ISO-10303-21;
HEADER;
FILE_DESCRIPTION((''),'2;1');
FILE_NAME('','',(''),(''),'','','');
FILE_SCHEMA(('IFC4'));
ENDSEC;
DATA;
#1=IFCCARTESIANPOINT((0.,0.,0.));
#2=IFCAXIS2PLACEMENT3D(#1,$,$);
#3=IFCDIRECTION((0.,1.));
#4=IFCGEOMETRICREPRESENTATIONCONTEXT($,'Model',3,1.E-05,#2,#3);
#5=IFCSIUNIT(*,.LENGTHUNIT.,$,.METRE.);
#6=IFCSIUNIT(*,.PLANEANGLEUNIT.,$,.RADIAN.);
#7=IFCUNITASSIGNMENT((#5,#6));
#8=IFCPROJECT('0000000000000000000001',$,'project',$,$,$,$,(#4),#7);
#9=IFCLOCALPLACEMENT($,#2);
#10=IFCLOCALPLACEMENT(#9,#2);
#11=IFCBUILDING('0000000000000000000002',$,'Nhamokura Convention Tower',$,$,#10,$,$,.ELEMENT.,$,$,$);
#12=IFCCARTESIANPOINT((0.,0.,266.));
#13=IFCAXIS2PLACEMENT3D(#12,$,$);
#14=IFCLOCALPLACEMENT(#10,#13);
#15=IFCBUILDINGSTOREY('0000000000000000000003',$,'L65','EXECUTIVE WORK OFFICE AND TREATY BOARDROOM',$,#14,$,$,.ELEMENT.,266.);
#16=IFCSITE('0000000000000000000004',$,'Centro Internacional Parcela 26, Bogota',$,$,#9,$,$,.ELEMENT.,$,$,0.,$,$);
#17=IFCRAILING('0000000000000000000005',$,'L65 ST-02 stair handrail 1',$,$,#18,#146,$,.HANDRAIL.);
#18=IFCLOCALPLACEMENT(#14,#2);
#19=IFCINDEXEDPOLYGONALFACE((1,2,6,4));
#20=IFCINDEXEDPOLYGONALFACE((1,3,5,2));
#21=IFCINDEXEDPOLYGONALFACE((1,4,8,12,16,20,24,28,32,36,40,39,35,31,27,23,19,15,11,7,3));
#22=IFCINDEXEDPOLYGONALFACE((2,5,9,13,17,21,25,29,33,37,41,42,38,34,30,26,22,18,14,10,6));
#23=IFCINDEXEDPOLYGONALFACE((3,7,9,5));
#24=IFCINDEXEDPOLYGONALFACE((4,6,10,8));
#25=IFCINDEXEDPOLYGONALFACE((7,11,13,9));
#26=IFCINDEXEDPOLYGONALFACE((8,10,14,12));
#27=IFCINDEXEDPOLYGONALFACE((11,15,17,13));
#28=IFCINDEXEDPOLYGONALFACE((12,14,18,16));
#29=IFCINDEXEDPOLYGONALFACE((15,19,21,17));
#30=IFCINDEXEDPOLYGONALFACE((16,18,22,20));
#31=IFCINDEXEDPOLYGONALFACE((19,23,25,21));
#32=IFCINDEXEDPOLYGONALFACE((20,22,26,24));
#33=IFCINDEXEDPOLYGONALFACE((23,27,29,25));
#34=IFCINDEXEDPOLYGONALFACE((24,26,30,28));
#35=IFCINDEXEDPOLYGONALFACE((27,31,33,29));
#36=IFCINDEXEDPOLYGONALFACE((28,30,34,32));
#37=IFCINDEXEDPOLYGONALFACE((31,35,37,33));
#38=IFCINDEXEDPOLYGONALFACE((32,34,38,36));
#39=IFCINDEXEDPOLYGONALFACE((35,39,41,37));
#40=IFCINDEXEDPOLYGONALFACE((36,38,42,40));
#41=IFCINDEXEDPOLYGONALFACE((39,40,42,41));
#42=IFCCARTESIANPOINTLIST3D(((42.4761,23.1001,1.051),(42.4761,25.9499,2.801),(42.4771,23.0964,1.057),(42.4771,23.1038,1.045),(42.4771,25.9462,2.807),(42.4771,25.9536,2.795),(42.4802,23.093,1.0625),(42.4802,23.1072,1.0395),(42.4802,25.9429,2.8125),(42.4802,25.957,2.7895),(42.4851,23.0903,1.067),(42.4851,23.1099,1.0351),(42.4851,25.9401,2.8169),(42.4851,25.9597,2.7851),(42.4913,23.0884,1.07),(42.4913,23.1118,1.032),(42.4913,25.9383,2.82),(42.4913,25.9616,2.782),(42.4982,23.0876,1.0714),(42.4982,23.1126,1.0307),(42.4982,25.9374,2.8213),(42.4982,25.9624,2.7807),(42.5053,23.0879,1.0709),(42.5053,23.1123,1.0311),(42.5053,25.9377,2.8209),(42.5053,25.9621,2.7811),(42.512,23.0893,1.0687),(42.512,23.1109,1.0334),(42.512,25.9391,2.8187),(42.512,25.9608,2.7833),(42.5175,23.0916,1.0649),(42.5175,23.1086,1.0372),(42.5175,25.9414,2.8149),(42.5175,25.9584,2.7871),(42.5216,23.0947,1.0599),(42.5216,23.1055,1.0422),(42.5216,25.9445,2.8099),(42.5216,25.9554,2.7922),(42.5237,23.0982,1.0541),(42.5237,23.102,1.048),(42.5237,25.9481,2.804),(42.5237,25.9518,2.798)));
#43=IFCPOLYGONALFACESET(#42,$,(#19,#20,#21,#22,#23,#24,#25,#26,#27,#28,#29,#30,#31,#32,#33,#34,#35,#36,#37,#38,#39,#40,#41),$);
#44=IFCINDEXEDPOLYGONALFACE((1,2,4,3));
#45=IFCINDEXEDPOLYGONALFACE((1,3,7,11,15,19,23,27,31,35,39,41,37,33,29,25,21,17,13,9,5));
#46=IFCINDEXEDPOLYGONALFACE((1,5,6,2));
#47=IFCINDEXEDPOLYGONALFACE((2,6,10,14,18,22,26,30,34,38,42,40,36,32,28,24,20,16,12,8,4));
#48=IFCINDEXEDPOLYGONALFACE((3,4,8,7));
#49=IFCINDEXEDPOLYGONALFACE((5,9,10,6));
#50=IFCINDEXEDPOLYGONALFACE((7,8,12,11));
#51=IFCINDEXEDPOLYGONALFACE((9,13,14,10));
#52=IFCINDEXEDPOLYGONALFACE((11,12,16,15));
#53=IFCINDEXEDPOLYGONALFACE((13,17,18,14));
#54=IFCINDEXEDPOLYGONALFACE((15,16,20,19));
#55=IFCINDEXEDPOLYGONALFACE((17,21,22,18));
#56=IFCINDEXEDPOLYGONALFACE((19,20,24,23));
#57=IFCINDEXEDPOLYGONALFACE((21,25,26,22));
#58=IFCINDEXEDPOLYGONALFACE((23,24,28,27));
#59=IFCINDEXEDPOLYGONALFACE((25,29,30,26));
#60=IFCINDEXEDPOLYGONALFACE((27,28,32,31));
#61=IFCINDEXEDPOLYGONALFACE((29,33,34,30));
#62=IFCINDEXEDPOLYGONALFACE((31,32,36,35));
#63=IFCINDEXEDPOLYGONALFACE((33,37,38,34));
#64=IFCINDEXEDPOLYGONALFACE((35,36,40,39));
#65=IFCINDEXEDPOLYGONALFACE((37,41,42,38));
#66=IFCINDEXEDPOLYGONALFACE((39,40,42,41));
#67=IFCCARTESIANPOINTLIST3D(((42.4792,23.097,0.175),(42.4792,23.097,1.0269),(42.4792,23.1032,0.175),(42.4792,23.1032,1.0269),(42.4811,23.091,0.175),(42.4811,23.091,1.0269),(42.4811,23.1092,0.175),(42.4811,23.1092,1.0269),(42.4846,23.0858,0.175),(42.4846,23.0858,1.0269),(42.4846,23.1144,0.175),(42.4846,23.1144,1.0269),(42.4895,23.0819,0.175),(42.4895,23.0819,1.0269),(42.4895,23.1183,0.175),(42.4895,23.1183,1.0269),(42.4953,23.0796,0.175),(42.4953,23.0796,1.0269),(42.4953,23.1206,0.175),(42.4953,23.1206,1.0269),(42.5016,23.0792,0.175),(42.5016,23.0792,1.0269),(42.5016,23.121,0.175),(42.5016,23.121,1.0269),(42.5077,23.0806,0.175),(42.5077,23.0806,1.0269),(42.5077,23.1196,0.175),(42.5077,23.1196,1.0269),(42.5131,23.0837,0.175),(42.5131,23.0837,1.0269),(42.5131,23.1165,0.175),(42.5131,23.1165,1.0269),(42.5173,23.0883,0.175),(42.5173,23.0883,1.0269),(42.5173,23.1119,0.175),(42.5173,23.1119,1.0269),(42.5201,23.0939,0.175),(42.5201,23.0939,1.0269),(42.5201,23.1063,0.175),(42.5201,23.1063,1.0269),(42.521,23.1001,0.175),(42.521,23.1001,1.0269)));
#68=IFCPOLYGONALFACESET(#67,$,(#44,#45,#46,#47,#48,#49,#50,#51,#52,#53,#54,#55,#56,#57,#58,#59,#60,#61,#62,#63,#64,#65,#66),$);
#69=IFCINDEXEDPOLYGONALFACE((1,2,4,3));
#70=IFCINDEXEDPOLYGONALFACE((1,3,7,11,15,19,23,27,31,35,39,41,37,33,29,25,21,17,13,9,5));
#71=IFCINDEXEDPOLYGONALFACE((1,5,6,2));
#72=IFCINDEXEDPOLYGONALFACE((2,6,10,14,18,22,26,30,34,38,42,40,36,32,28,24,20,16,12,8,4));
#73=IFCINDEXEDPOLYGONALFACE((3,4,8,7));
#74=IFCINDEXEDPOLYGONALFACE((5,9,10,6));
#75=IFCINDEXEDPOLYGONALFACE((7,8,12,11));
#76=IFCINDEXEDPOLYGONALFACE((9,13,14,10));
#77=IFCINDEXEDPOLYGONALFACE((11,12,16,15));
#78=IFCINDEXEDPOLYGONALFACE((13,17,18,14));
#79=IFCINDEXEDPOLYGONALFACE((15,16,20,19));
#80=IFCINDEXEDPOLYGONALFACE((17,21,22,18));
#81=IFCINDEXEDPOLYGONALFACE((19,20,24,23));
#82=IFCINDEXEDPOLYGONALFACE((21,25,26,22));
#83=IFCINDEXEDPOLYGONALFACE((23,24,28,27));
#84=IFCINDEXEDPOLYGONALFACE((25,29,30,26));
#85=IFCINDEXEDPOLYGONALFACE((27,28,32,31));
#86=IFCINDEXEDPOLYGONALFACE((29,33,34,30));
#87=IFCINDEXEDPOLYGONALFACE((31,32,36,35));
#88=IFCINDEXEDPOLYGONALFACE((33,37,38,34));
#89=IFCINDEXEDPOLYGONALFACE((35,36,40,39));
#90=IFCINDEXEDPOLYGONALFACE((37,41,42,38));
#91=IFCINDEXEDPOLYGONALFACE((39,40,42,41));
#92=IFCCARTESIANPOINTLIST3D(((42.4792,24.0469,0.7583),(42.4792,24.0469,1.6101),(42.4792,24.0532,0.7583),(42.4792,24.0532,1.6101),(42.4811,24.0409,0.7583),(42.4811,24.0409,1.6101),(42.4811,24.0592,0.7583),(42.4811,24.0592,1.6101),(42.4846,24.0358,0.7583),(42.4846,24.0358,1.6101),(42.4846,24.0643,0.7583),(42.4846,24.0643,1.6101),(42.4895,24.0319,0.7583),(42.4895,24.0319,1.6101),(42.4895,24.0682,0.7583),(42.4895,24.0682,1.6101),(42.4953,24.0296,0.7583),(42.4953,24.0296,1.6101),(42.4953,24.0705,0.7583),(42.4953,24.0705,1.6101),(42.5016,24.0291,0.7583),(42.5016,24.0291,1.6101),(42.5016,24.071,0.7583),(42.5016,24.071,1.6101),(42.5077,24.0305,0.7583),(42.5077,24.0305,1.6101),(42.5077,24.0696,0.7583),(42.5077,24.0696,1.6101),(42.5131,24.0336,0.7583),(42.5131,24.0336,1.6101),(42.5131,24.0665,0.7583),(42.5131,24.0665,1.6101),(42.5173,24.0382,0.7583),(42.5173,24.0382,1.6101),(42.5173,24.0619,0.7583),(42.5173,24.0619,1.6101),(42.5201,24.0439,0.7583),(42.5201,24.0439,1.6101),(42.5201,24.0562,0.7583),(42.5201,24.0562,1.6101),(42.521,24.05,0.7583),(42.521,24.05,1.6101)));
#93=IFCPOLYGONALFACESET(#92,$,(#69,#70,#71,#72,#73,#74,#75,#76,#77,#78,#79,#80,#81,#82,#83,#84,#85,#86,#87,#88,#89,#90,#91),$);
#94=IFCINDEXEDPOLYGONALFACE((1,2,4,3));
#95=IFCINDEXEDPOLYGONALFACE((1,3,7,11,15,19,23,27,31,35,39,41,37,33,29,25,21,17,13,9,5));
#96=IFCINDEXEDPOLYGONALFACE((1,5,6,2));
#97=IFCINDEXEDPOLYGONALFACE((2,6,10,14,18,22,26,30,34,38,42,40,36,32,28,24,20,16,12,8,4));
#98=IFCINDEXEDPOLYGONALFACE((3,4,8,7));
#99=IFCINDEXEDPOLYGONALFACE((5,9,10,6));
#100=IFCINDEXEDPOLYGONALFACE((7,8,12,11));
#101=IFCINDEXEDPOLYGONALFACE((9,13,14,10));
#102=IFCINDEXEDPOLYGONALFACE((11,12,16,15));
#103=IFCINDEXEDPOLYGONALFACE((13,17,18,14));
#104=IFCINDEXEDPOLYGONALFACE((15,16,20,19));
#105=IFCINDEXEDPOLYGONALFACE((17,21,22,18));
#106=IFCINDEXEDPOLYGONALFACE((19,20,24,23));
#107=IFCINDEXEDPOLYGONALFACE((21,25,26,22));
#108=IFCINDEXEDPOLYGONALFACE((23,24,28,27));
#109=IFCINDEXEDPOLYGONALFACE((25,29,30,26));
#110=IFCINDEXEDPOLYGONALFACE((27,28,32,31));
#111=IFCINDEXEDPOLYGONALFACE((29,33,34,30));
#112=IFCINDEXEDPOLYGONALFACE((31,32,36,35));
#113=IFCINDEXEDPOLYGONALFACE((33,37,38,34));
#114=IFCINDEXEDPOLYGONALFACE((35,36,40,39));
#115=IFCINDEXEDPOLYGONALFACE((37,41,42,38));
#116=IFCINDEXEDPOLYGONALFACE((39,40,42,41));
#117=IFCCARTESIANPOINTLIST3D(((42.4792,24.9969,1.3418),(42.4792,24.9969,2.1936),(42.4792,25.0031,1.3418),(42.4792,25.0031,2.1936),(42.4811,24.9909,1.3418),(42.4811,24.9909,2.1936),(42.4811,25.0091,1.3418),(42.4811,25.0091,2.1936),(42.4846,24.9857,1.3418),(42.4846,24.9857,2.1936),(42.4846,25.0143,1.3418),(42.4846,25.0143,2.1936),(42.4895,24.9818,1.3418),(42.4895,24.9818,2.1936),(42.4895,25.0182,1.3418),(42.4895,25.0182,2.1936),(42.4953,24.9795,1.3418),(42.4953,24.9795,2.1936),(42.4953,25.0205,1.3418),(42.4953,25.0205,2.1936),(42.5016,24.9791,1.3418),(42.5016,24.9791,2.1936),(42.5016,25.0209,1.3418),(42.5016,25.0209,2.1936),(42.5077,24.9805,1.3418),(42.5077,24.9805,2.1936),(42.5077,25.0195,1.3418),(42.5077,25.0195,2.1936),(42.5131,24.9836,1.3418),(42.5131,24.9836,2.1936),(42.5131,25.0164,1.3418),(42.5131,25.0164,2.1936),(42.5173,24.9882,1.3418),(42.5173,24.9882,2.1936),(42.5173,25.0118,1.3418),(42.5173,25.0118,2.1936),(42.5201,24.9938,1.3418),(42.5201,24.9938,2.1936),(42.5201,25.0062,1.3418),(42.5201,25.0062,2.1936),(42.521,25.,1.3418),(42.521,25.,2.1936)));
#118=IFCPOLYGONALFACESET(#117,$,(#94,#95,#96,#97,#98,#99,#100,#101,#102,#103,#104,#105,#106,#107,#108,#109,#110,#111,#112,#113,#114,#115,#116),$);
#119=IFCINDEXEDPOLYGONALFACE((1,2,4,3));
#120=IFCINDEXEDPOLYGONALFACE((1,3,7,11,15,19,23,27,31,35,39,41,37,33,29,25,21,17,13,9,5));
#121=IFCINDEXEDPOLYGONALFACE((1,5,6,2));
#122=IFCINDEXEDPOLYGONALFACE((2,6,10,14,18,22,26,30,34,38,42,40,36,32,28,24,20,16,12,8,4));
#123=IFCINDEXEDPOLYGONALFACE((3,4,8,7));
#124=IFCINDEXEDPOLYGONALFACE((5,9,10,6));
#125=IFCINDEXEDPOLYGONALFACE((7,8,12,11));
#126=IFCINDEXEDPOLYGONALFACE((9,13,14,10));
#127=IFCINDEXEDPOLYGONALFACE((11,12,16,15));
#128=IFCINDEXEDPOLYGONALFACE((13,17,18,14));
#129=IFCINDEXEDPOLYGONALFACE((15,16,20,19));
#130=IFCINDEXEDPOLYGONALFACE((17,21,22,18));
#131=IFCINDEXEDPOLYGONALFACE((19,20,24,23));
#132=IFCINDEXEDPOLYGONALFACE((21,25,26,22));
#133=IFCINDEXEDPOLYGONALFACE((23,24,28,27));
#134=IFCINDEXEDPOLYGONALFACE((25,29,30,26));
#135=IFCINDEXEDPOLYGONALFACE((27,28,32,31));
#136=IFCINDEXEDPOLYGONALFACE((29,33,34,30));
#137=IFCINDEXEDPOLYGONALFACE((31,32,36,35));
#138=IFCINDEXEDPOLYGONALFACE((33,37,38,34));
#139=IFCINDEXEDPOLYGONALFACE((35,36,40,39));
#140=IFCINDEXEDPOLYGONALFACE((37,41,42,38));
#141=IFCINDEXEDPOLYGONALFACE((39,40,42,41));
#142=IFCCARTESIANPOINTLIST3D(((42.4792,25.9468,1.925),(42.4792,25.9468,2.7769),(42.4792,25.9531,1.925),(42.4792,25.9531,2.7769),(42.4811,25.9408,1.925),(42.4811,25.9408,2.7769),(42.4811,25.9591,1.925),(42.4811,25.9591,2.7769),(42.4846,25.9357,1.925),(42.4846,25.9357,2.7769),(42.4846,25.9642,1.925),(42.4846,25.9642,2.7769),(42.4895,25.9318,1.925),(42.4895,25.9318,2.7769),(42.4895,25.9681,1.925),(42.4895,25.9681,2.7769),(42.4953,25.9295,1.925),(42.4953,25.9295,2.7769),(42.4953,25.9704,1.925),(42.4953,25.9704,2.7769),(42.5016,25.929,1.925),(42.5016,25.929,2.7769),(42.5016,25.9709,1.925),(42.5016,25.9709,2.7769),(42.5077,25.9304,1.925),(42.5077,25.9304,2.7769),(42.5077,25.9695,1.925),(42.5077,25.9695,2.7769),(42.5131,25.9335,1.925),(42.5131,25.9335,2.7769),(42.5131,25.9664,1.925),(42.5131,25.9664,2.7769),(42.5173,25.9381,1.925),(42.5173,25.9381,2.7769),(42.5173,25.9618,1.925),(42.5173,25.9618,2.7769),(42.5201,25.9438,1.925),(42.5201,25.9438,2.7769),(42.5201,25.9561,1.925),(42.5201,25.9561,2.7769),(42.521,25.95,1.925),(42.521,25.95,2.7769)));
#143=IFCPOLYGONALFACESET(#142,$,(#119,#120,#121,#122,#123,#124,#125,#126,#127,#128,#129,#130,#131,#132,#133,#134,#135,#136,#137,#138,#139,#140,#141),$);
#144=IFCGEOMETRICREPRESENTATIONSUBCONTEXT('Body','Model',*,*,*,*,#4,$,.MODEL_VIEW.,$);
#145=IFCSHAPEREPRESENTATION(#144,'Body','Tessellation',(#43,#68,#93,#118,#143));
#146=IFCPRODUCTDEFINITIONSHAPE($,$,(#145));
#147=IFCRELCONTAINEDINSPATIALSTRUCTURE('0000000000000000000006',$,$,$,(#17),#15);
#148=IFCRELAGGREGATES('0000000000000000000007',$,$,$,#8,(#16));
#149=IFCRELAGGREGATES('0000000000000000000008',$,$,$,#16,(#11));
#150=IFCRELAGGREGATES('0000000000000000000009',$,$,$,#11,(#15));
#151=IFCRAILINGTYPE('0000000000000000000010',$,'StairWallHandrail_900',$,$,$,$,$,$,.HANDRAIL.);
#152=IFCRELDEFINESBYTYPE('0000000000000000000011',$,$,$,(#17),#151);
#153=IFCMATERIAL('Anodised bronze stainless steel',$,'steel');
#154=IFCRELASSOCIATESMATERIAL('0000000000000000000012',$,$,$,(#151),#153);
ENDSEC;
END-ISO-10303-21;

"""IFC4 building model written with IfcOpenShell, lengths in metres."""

from ifc_helpers import new_model, si_unit, direction, frame, origin, origin_2d, place, context, subcontext, project, spatial, circle, extrude, material, type_object, element, save


model = new_model("IFC4")

# Units and contexts
model_context = context("Model", 3, precision=1e-05, world=origin(), true_north=direction((0.0, 1.0)))
body_context = subcontext(model_context, "Body", "Model", "MODEL_VIEW")
ifc_project = project(units=[si_unit("LENGTHUNIT", "METRE"), si_unit("PLANEANGLEUNIT", "RADIAN")], contexts=[model_context])

# Site, building, storey
site_placement = place(None, origin())
site = spatial("IfcSite", under=ifc_project, at=site_placement, Name="Centro Internacional Parcela 26, Bogota", CompositionType="ELEMENT", RefElevation=0.0)
building_placement = place(site_placement, origin())
building = spatial("IfcBuilding", under=site, at=building_placement, Name="Nhamokura Convention Tower", CompositionType="ELEMENT")
storey_placement = place(building_placement, frame((0.0, 0.0, 266.0)))
storey = spatial("IfcBuildingStorey", under=building, at=storey_placement, Name="L65", Description="EXECUTIVE WORK OFFICE AND TREATY BOARDROOM", CompositionType="ELEMENT", Elevation=266.0)

# Railing
ifc_material_1 = material(Name="Anodised bronze stainless steel", Category="steel")
railing_type_1 = type_object("IfcRailingType", Name="StairWallHandrail_900", PredefinedType="HANDRAIL", material=ifc_material_1)
railing_1_placement = place(storey_placement, frame((42.5, 23.1001, 0.175)))
element("IfcRailing", 1, at=railing_1_placement, inside=storey, type_object=railing_type_1, Name="L65 ST-02 stair handrail 1", PredefinedType="HANDRAIL", context=body_context, shape_type="SweptSolid", body=[
    extrude(circle(Radius=0.0239, at=origin_2d()), frame((0.0, 0.0, 0.876), z_axis=(0.0, 0.852159, 0.523283), x_axis=(-1.0, 0.0, 0.0)), (0.0, 0.0, 1.0), 3.3442),
    extrude(circle(Radius=0.021, at=origin_2d()), origin(), (0.0, 0.0, 1.0), 0.8518),
    extrude(circle(Radius=0.021, at=origin_2d()), frame((0.0, 0.95, 0.5833)), (0.0, 0.0, 1.0), 0.8518),
    extrude(circle(Radius=0.021, at=origin_2d()), frame((0.0, 1.8999, 1.1667)), (0.0, 0.0, 1.0), 0.8518),
    extrude(circle(Radius=0.021, at=origin_2d()), frame((0.0, 2.8499, 1.75)), (0.0, 0.0, 1.0), 0.8518),
])

save(model, "model.ifc")
